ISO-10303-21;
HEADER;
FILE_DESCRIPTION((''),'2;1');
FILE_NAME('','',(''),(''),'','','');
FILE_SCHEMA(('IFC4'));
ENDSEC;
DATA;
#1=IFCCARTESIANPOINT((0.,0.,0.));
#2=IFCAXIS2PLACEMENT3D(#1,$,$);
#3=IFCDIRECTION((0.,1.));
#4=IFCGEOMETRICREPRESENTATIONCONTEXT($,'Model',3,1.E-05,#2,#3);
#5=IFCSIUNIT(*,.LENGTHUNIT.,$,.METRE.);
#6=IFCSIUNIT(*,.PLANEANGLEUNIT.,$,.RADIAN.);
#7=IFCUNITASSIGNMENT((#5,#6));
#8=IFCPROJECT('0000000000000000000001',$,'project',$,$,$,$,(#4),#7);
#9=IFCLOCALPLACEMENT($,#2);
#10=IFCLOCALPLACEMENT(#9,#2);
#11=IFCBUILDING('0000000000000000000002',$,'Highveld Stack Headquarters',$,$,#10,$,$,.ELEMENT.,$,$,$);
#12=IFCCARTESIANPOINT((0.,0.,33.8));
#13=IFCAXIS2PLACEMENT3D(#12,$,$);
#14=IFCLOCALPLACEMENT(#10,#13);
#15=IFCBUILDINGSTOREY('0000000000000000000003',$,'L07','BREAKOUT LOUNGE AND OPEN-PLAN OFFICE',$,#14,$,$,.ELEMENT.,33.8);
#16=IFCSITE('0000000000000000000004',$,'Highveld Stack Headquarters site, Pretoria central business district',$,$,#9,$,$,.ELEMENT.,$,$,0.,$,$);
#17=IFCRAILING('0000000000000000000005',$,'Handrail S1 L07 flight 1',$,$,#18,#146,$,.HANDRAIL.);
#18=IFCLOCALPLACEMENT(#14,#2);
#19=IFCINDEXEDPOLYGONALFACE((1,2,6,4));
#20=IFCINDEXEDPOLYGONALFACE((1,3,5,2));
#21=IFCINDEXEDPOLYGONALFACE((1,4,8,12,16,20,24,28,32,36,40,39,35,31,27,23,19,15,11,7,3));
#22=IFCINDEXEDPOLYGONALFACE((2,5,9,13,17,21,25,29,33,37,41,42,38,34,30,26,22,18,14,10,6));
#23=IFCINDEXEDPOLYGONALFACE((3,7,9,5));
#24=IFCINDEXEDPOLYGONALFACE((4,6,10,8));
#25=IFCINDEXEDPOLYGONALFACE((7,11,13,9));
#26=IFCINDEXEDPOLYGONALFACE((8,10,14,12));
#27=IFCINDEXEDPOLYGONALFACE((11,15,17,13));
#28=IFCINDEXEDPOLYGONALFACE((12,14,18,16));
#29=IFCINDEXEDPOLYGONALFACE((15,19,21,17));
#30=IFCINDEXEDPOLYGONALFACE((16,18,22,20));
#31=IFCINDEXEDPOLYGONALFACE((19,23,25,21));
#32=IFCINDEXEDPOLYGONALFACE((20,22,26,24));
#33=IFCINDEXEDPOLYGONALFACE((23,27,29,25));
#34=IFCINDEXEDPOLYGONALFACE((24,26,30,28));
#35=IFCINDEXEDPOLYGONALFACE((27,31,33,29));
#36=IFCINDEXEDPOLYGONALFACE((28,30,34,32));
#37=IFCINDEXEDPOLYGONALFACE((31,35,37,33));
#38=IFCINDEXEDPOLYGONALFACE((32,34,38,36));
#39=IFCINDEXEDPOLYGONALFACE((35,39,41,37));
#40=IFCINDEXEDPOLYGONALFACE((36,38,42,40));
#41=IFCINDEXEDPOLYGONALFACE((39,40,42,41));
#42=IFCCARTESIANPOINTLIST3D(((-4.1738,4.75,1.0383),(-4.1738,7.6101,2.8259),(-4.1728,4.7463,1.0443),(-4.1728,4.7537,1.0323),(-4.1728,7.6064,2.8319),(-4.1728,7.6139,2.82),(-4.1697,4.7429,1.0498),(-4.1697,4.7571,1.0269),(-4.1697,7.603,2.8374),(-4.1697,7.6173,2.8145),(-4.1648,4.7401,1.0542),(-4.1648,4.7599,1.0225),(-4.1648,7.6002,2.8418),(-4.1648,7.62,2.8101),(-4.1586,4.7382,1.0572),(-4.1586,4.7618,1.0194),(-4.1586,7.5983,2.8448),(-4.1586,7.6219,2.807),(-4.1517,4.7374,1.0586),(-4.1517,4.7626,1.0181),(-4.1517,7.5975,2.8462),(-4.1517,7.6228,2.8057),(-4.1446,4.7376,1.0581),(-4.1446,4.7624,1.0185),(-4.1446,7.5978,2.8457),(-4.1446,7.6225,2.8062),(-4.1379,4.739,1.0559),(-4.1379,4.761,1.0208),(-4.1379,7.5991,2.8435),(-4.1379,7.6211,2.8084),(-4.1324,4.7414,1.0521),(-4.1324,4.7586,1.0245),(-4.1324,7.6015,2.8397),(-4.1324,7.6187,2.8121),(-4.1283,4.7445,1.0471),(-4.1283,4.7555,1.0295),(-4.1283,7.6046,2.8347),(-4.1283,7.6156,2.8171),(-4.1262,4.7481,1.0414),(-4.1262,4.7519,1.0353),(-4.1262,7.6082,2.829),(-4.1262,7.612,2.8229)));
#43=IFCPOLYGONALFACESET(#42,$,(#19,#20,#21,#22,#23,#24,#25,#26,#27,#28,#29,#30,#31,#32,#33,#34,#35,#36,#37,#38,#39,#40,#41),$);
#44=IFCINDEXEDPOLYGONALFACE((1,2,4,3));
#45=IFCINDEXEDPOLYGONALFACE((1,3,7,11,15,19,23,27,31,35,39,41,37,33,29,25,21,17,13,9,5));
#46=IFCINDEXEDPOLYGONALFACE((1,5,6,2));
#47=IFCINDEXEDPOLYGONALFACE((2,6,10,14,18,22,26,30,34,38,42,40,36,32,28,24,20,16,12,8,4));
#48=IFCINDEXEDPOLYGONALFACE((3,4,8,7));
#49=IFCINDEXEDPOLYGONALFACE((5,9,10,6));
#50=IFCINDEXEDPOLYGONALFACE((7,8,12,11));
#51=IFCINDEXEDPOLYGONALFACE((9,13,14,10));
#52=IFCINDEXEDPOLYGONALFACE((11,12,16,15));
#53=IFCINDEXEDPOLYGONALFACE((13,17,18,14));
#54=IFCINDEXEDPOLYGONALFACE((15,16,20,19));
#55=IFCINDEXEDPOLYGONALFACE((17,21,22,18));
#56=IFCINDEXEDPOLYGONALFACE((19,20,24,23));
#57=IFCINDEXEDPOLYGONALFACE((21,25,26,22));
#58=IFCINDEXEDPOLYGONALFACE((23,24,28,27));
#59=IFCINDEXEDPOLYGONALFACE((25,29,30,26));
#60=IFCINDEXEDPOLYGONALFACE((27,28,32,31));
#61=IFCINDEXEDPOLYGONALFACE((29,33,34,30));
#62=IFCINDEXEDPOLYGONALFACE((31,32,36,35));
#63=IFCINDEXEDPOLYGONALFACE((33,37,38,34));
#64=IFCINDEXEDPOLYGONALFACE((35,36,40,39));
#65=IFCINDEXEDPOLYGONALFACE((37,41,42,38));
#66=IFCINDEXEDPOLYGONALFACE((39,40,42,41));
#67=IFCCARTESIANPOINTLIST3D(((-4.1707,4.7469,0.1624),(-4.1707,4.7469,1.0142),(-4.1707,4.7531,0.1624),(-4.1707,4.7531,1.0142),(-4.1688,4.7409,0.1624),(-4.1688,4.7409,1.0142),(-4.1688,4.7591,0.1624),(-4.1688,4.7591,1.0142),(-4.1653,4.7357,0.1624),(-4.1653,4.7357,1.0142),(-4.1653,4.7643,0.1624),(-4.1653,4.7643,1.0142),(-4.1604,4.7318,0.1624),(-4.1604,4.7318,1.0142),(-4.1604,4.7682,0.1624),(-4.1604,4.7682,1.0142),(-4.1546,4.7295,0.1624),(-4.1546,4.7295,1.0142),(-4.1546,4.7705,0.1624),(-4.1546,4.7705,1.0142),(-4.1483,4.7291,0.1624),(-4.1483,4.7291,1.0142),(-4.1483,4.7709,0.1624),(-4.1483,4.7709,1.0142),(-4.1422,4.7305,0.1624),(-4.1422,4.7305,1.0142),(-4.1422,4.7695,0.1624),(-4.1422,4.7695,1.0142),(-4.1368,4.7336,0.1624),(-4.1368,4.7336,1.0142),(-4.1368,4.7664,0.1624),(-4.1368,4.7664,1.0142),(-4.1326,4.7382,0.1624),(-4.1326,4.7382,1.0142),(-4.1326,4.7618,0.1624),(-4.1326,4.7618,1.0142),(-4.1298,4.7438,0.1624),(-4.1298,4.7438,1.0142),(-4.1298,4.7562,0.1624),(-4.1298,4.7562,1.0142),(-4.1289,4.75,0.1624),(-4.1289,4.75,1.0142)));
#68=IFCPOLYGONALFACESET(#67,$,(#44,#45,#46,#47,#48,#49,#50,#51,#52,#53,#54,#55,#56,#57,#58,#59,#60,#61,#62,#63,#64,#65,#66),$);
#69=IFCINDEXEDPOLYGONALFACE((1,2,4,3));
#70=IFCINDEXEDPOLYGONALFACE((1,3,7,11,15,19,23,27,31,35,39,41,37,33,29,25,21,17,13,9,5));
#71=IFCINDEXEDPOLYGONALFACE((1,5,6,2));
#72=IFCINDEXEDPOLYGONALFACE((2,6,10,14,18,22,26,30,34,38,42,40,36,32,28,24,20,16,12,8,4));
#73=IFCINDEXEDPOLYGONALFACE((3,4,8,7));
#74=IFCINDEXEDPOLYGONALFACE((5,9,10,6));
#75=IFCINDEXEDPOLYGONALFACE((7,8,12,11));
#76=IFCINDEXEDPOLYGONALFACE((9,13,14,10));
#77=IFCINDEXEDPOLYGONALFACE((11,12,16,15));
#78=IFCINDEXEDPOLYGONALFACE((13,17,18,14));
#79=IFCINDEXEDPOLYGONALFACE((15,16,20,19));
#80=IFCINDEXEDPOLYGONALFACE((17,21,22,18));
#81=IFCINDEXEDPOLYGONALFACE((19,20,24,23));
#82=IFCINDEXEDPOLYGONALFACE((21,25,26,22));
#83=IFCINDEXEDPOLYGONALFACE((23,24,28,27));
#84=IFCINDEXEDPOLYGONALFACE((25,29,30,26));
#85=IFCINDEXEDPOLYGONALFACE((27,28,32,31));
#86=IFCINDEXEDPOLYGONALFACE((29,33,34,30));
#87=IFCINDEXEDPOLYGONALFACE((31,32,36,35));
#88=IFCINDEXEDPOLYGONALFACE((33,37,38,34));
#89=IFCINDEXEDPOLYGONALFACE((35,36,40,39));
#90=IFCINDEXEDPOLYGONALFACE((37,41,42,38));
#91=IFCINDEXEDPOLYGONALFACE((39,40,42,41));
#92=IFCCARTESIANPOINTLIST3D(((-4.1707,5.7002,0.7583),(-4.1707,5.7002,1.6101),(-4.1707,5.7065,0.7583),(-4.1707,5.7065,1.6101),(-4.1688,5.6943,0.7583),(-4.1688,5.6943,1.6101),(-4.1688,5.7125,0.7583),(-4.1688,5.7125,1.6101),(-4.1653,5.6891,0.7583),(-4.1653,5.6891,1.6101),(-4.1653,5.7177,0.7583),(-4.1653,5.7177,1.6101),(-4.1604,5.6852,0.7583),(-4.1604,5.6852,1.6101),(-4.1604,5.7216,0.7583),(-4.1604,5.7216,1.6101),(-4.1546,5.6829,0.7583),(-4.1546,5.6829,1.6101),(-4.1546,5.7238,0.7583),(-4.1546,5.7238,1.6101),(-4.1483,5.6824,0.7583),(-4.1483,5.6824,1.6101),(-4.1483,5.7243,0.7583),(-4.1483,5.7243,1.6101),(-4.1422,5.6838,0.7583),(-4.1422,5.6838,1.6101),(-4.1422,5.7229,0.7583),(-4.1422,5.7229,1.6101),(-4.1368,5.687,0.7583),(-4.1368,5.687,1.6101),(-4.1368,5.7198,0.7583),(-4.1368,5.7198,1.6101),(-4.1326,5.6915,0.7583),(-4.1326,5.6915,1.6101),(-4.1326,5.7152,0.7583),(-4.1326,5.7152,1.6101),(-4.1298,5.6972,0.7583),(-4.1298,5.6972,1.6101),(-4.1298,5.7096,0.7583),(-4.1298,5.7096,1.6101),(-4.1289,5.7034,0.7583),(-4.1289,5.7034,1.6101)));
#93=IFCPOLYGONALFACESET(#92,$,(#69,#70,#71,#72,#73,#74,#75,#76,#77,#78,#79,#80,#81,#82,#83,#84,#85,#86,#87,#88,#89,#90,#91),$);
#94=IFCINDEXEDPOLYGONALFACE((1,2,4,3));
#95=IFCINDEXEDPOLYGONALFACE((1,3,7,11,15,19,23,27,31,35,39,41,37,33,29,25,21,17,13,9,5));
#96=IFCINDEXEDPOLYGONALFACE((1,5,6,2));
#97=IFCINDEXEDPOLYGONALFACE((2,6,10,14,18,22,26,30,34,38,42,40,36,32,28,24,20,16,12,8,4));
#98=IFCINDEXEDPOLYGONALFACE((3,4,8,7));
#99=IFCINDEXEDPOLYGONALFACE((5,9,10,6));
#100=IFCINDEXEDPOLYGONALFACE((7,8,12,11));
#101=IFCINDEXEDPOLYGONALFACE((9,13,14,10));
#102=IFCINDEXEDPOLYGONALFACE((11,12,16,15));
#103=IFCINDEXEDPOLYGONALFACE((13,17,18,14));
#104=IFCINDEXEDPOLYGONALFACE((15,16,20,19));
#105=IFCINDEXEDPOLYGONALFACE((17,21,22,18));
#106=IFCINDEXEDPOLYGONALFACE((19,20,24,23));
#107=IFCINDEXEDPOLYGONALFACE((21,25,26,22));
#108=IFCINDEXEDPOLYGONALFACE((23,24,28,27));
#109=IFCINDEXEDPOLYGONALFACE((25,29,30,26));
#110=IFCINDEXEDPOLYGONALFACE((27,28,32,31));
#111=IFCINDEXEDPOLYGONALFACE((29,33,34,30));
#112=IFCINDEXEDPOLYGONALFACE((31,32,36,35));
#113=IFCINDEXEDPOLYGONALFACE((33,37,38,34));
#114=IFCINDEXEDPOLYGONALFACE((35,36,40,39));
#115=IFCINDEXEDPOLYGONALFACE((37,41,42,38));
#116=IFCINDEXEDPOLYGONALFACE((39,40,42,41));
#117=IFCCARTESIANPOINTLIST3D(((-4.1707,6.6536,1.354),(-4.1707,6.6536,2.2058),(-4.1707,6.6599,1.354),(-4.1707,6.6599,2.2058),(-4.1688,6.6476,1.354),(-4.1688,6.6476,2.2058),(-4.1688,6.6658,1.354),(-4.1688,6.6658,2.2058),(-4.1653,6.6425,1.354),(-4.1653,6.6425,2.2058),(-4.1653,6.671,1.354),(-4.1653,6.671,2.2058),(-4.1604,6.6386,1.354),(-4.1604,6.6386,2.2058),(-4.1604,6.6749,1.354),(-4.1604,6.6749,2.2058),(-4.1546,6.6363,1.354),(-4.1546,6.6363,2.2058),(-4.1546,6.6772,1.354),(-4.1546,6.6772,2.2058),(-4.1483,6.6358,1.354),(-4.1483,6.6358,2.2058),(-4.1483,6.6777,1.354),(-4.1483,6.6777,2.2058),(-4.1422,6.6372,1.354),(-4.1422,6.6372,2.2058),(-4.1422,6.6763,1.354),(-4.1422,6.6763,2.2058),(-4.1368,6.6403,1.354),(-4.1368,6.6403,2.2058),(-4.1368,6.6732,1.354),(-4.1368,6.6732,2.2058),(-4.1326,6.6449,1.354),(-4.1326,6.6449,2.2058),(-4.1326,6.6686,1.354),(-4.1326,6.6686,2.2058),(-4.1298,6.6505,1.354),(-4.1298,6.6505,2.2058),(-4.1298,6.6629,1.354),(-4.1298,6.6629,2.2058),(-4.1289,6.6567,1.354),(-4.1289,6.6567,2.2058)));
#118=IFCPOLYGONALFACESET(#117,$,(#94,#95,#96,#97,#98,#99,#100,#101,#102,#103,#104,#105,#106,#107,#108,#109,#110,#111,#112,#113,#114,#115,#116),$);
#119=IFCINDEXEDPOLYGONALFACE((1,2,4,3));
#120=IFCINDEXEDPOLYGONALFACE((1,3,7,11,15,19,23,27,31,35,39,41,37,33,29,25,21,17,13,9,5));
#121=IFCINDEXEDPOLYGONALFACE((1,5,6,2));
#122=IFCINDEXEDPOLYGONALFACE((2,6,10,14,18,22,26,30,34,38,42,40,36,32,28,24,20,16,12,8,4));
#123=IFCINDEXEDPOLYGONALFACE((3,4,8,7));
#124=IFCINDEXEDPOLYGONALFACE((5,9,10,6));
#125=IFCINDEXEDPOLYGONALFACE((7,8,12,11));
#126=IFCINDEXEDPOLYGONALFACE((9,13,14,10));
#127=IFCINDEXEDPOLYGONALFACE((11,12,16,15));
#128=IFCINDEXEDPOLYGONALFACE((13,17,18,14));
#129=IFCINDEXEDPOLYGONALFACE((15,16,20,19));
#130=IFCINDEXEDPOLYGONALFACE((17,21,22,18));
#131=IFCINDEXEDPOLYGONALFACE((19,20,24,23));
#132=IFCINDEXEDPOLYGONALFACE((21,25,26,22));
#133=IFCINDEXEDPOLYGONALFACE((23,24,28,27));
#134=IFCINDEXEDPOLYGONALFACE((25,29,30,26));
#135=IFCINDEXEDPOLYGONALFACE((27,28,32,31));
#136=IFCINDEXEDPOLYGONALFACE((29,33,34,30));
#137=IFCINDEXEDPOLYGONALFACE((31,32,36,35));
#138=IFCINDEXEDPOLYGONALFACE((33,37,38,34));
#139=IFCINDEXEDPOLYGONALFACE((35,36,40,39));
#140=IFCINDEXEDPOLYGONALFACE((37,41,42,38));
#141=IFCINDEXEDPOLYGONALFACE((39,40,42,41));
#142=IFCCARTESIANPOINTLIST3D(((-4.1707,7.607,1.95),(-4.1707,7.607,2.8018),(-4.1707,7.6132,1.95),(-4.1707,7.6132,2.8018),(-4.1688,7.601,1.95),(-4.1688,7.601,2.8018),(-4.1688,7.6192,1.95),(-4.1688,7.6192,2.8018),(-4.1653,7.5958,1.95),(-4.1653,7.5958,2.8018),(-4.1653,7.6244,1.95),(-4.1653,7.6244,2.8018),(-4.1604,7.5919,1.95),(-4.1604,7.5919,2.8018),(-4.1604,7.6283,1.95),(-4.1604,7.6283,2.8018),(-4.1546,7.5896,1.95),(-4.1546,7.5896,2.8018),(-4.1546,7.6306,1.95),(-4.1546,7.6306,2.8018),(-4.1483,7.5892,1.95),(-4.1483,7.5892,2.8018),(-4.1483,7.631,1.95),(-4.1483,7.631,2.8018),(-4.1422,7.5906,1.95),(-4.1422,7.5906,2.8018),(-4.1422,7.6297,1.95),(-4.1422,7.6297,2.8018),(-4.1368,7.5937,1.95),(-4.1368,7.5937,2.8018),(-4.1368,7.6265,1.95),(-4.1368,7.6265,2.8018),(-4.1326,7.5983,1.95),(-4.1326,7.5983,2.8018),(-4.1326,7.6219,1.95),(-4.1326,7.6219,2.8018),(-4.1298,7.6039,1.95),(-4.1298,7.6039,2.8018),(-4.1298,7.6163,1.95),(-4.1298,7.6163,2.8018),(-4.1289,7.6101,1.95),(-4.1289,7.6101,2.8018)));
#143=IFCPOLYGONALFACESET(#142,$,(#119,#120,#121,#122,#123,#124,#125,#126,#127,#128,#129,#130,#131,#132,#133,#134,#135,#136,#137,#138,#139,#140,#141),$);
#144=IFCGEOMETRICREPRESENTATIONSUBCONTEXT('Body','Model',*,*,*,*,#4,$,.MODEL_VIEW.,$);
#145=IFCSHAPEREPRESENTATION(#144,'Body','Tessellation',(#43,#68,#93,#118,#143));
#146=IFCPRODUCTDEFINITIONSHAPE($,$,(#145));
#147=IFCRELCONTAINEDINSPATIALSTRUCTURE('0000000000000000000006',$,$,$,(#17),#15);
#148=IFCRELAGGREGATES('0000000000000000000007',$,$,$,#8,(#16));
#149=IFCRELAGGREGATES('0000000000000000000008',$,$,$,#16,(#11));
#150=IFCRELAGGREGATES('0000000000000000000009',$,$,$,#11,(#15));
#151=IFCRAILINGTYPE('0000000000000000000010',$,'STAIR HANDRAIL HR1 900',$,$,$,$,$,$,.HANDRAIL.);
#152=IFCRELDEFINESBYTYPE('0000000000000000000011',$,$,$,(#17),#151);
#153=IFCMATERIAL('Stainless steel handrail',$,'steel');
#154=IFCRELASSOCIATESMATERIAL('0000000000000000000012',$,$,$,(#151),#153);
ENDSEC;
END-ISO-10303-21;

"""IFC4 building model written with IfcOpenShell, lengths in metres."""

from ifc_helpers import new_model, si_unit, direction, frame, origin, origin_2d, place, context, subcontext, project, spatial, circle, extrude, material, type_object, element, save


model = new_model("IFC4")

# Units and contexts
model_context = context("Model", 3, precision=1e-05, world=origin(), true_north=direction((0.0, 1.0)))
body_context = subcontext(model_context, "Body", "Model", "MODEL_VIEW")
ifc_project = project(units=[si_unit("LENGTHUNIT", "METRE"), si_unit("PLANEANGLEUNIT", "RADIAN")], contexts=[model_context])

# Site, building, storey
site_placement = place(None, origin())
site = spatial("IfcSite", under=ifc_project, at=site_placement, Name="Highveld Stack Headquarters site, Pretoria central business district", CompositionType="ELEMENT", RefElevation=0.0)
building_placement = place(site_placement, origin())
building = spatial("IfcBuilding", under=site, at=building_placement, Name="Highveld Stack Headquarters", CompositionType="ELEMENT")
storey_placement = place(building_placement, frame((0.0, 0.0, 33.8)))
storey = spatial("IfcBuildingStorey", under=building, at=storey_placement, Name="L07", Description="BREAKOUT LOUNGE AND OPEN-PLAN OFFICE", CompositionType="ELEMENT", Elevation=33.8)

# Railing
ifc_material_1 = material(Name="Stainless steel handrail", Category="steel")
railing_type = type_object("IfcRailingType", Name="STAIR HANDRAIL HR1 900", PredefinedType="HANDRAIL", material=ifc_material_1)
for number, where, name in (
    (1, (-4.1499, 4.75, 0.1624), "Handrail S1 L07 flight 1"),
):
    element("IfcRailing", number, at=place(storey_placement, frame(where)), inside=storey, type_object=railing_type, Name=name, PredefinedType="HANDRAIL", context=body_context, shape_type="SweptSolid", body=[
        extrude(circle(Radius=0.0239, at=origin_2d()), frame((0.0, 0.0, 0.876), z_axis=(0.0, 0.847994, 0.530005), x_axis=(-1.0, 0.0, 0.0)), (0.0, 0.0, 1.0), 3.3728),
        extrude(circle(Radius=0.021, at=origin_2d()), origin(), (0.0, 0.0, 1.0), 0.8518),
        extrude(circle(Radius=0.021, at=origin_2d()), frame((0.0, 0.9534, 0.5959)), (0.0, 0.0, 1.0), 0.8518),
        extrude(circle(Radius=0.021, at=origin_2d()), frame((0.0, 1.9067, 1.1917)), (0.0, 0.0, 1.0), 0.8518),
        extrude(circle(Radius=0.021, at=origin_2d()), frame((0.0, 2.8601, 1.7876)), (0.0, 0.0, 1.0), 0.8518),
    ])

save(model, "model.ifc")
